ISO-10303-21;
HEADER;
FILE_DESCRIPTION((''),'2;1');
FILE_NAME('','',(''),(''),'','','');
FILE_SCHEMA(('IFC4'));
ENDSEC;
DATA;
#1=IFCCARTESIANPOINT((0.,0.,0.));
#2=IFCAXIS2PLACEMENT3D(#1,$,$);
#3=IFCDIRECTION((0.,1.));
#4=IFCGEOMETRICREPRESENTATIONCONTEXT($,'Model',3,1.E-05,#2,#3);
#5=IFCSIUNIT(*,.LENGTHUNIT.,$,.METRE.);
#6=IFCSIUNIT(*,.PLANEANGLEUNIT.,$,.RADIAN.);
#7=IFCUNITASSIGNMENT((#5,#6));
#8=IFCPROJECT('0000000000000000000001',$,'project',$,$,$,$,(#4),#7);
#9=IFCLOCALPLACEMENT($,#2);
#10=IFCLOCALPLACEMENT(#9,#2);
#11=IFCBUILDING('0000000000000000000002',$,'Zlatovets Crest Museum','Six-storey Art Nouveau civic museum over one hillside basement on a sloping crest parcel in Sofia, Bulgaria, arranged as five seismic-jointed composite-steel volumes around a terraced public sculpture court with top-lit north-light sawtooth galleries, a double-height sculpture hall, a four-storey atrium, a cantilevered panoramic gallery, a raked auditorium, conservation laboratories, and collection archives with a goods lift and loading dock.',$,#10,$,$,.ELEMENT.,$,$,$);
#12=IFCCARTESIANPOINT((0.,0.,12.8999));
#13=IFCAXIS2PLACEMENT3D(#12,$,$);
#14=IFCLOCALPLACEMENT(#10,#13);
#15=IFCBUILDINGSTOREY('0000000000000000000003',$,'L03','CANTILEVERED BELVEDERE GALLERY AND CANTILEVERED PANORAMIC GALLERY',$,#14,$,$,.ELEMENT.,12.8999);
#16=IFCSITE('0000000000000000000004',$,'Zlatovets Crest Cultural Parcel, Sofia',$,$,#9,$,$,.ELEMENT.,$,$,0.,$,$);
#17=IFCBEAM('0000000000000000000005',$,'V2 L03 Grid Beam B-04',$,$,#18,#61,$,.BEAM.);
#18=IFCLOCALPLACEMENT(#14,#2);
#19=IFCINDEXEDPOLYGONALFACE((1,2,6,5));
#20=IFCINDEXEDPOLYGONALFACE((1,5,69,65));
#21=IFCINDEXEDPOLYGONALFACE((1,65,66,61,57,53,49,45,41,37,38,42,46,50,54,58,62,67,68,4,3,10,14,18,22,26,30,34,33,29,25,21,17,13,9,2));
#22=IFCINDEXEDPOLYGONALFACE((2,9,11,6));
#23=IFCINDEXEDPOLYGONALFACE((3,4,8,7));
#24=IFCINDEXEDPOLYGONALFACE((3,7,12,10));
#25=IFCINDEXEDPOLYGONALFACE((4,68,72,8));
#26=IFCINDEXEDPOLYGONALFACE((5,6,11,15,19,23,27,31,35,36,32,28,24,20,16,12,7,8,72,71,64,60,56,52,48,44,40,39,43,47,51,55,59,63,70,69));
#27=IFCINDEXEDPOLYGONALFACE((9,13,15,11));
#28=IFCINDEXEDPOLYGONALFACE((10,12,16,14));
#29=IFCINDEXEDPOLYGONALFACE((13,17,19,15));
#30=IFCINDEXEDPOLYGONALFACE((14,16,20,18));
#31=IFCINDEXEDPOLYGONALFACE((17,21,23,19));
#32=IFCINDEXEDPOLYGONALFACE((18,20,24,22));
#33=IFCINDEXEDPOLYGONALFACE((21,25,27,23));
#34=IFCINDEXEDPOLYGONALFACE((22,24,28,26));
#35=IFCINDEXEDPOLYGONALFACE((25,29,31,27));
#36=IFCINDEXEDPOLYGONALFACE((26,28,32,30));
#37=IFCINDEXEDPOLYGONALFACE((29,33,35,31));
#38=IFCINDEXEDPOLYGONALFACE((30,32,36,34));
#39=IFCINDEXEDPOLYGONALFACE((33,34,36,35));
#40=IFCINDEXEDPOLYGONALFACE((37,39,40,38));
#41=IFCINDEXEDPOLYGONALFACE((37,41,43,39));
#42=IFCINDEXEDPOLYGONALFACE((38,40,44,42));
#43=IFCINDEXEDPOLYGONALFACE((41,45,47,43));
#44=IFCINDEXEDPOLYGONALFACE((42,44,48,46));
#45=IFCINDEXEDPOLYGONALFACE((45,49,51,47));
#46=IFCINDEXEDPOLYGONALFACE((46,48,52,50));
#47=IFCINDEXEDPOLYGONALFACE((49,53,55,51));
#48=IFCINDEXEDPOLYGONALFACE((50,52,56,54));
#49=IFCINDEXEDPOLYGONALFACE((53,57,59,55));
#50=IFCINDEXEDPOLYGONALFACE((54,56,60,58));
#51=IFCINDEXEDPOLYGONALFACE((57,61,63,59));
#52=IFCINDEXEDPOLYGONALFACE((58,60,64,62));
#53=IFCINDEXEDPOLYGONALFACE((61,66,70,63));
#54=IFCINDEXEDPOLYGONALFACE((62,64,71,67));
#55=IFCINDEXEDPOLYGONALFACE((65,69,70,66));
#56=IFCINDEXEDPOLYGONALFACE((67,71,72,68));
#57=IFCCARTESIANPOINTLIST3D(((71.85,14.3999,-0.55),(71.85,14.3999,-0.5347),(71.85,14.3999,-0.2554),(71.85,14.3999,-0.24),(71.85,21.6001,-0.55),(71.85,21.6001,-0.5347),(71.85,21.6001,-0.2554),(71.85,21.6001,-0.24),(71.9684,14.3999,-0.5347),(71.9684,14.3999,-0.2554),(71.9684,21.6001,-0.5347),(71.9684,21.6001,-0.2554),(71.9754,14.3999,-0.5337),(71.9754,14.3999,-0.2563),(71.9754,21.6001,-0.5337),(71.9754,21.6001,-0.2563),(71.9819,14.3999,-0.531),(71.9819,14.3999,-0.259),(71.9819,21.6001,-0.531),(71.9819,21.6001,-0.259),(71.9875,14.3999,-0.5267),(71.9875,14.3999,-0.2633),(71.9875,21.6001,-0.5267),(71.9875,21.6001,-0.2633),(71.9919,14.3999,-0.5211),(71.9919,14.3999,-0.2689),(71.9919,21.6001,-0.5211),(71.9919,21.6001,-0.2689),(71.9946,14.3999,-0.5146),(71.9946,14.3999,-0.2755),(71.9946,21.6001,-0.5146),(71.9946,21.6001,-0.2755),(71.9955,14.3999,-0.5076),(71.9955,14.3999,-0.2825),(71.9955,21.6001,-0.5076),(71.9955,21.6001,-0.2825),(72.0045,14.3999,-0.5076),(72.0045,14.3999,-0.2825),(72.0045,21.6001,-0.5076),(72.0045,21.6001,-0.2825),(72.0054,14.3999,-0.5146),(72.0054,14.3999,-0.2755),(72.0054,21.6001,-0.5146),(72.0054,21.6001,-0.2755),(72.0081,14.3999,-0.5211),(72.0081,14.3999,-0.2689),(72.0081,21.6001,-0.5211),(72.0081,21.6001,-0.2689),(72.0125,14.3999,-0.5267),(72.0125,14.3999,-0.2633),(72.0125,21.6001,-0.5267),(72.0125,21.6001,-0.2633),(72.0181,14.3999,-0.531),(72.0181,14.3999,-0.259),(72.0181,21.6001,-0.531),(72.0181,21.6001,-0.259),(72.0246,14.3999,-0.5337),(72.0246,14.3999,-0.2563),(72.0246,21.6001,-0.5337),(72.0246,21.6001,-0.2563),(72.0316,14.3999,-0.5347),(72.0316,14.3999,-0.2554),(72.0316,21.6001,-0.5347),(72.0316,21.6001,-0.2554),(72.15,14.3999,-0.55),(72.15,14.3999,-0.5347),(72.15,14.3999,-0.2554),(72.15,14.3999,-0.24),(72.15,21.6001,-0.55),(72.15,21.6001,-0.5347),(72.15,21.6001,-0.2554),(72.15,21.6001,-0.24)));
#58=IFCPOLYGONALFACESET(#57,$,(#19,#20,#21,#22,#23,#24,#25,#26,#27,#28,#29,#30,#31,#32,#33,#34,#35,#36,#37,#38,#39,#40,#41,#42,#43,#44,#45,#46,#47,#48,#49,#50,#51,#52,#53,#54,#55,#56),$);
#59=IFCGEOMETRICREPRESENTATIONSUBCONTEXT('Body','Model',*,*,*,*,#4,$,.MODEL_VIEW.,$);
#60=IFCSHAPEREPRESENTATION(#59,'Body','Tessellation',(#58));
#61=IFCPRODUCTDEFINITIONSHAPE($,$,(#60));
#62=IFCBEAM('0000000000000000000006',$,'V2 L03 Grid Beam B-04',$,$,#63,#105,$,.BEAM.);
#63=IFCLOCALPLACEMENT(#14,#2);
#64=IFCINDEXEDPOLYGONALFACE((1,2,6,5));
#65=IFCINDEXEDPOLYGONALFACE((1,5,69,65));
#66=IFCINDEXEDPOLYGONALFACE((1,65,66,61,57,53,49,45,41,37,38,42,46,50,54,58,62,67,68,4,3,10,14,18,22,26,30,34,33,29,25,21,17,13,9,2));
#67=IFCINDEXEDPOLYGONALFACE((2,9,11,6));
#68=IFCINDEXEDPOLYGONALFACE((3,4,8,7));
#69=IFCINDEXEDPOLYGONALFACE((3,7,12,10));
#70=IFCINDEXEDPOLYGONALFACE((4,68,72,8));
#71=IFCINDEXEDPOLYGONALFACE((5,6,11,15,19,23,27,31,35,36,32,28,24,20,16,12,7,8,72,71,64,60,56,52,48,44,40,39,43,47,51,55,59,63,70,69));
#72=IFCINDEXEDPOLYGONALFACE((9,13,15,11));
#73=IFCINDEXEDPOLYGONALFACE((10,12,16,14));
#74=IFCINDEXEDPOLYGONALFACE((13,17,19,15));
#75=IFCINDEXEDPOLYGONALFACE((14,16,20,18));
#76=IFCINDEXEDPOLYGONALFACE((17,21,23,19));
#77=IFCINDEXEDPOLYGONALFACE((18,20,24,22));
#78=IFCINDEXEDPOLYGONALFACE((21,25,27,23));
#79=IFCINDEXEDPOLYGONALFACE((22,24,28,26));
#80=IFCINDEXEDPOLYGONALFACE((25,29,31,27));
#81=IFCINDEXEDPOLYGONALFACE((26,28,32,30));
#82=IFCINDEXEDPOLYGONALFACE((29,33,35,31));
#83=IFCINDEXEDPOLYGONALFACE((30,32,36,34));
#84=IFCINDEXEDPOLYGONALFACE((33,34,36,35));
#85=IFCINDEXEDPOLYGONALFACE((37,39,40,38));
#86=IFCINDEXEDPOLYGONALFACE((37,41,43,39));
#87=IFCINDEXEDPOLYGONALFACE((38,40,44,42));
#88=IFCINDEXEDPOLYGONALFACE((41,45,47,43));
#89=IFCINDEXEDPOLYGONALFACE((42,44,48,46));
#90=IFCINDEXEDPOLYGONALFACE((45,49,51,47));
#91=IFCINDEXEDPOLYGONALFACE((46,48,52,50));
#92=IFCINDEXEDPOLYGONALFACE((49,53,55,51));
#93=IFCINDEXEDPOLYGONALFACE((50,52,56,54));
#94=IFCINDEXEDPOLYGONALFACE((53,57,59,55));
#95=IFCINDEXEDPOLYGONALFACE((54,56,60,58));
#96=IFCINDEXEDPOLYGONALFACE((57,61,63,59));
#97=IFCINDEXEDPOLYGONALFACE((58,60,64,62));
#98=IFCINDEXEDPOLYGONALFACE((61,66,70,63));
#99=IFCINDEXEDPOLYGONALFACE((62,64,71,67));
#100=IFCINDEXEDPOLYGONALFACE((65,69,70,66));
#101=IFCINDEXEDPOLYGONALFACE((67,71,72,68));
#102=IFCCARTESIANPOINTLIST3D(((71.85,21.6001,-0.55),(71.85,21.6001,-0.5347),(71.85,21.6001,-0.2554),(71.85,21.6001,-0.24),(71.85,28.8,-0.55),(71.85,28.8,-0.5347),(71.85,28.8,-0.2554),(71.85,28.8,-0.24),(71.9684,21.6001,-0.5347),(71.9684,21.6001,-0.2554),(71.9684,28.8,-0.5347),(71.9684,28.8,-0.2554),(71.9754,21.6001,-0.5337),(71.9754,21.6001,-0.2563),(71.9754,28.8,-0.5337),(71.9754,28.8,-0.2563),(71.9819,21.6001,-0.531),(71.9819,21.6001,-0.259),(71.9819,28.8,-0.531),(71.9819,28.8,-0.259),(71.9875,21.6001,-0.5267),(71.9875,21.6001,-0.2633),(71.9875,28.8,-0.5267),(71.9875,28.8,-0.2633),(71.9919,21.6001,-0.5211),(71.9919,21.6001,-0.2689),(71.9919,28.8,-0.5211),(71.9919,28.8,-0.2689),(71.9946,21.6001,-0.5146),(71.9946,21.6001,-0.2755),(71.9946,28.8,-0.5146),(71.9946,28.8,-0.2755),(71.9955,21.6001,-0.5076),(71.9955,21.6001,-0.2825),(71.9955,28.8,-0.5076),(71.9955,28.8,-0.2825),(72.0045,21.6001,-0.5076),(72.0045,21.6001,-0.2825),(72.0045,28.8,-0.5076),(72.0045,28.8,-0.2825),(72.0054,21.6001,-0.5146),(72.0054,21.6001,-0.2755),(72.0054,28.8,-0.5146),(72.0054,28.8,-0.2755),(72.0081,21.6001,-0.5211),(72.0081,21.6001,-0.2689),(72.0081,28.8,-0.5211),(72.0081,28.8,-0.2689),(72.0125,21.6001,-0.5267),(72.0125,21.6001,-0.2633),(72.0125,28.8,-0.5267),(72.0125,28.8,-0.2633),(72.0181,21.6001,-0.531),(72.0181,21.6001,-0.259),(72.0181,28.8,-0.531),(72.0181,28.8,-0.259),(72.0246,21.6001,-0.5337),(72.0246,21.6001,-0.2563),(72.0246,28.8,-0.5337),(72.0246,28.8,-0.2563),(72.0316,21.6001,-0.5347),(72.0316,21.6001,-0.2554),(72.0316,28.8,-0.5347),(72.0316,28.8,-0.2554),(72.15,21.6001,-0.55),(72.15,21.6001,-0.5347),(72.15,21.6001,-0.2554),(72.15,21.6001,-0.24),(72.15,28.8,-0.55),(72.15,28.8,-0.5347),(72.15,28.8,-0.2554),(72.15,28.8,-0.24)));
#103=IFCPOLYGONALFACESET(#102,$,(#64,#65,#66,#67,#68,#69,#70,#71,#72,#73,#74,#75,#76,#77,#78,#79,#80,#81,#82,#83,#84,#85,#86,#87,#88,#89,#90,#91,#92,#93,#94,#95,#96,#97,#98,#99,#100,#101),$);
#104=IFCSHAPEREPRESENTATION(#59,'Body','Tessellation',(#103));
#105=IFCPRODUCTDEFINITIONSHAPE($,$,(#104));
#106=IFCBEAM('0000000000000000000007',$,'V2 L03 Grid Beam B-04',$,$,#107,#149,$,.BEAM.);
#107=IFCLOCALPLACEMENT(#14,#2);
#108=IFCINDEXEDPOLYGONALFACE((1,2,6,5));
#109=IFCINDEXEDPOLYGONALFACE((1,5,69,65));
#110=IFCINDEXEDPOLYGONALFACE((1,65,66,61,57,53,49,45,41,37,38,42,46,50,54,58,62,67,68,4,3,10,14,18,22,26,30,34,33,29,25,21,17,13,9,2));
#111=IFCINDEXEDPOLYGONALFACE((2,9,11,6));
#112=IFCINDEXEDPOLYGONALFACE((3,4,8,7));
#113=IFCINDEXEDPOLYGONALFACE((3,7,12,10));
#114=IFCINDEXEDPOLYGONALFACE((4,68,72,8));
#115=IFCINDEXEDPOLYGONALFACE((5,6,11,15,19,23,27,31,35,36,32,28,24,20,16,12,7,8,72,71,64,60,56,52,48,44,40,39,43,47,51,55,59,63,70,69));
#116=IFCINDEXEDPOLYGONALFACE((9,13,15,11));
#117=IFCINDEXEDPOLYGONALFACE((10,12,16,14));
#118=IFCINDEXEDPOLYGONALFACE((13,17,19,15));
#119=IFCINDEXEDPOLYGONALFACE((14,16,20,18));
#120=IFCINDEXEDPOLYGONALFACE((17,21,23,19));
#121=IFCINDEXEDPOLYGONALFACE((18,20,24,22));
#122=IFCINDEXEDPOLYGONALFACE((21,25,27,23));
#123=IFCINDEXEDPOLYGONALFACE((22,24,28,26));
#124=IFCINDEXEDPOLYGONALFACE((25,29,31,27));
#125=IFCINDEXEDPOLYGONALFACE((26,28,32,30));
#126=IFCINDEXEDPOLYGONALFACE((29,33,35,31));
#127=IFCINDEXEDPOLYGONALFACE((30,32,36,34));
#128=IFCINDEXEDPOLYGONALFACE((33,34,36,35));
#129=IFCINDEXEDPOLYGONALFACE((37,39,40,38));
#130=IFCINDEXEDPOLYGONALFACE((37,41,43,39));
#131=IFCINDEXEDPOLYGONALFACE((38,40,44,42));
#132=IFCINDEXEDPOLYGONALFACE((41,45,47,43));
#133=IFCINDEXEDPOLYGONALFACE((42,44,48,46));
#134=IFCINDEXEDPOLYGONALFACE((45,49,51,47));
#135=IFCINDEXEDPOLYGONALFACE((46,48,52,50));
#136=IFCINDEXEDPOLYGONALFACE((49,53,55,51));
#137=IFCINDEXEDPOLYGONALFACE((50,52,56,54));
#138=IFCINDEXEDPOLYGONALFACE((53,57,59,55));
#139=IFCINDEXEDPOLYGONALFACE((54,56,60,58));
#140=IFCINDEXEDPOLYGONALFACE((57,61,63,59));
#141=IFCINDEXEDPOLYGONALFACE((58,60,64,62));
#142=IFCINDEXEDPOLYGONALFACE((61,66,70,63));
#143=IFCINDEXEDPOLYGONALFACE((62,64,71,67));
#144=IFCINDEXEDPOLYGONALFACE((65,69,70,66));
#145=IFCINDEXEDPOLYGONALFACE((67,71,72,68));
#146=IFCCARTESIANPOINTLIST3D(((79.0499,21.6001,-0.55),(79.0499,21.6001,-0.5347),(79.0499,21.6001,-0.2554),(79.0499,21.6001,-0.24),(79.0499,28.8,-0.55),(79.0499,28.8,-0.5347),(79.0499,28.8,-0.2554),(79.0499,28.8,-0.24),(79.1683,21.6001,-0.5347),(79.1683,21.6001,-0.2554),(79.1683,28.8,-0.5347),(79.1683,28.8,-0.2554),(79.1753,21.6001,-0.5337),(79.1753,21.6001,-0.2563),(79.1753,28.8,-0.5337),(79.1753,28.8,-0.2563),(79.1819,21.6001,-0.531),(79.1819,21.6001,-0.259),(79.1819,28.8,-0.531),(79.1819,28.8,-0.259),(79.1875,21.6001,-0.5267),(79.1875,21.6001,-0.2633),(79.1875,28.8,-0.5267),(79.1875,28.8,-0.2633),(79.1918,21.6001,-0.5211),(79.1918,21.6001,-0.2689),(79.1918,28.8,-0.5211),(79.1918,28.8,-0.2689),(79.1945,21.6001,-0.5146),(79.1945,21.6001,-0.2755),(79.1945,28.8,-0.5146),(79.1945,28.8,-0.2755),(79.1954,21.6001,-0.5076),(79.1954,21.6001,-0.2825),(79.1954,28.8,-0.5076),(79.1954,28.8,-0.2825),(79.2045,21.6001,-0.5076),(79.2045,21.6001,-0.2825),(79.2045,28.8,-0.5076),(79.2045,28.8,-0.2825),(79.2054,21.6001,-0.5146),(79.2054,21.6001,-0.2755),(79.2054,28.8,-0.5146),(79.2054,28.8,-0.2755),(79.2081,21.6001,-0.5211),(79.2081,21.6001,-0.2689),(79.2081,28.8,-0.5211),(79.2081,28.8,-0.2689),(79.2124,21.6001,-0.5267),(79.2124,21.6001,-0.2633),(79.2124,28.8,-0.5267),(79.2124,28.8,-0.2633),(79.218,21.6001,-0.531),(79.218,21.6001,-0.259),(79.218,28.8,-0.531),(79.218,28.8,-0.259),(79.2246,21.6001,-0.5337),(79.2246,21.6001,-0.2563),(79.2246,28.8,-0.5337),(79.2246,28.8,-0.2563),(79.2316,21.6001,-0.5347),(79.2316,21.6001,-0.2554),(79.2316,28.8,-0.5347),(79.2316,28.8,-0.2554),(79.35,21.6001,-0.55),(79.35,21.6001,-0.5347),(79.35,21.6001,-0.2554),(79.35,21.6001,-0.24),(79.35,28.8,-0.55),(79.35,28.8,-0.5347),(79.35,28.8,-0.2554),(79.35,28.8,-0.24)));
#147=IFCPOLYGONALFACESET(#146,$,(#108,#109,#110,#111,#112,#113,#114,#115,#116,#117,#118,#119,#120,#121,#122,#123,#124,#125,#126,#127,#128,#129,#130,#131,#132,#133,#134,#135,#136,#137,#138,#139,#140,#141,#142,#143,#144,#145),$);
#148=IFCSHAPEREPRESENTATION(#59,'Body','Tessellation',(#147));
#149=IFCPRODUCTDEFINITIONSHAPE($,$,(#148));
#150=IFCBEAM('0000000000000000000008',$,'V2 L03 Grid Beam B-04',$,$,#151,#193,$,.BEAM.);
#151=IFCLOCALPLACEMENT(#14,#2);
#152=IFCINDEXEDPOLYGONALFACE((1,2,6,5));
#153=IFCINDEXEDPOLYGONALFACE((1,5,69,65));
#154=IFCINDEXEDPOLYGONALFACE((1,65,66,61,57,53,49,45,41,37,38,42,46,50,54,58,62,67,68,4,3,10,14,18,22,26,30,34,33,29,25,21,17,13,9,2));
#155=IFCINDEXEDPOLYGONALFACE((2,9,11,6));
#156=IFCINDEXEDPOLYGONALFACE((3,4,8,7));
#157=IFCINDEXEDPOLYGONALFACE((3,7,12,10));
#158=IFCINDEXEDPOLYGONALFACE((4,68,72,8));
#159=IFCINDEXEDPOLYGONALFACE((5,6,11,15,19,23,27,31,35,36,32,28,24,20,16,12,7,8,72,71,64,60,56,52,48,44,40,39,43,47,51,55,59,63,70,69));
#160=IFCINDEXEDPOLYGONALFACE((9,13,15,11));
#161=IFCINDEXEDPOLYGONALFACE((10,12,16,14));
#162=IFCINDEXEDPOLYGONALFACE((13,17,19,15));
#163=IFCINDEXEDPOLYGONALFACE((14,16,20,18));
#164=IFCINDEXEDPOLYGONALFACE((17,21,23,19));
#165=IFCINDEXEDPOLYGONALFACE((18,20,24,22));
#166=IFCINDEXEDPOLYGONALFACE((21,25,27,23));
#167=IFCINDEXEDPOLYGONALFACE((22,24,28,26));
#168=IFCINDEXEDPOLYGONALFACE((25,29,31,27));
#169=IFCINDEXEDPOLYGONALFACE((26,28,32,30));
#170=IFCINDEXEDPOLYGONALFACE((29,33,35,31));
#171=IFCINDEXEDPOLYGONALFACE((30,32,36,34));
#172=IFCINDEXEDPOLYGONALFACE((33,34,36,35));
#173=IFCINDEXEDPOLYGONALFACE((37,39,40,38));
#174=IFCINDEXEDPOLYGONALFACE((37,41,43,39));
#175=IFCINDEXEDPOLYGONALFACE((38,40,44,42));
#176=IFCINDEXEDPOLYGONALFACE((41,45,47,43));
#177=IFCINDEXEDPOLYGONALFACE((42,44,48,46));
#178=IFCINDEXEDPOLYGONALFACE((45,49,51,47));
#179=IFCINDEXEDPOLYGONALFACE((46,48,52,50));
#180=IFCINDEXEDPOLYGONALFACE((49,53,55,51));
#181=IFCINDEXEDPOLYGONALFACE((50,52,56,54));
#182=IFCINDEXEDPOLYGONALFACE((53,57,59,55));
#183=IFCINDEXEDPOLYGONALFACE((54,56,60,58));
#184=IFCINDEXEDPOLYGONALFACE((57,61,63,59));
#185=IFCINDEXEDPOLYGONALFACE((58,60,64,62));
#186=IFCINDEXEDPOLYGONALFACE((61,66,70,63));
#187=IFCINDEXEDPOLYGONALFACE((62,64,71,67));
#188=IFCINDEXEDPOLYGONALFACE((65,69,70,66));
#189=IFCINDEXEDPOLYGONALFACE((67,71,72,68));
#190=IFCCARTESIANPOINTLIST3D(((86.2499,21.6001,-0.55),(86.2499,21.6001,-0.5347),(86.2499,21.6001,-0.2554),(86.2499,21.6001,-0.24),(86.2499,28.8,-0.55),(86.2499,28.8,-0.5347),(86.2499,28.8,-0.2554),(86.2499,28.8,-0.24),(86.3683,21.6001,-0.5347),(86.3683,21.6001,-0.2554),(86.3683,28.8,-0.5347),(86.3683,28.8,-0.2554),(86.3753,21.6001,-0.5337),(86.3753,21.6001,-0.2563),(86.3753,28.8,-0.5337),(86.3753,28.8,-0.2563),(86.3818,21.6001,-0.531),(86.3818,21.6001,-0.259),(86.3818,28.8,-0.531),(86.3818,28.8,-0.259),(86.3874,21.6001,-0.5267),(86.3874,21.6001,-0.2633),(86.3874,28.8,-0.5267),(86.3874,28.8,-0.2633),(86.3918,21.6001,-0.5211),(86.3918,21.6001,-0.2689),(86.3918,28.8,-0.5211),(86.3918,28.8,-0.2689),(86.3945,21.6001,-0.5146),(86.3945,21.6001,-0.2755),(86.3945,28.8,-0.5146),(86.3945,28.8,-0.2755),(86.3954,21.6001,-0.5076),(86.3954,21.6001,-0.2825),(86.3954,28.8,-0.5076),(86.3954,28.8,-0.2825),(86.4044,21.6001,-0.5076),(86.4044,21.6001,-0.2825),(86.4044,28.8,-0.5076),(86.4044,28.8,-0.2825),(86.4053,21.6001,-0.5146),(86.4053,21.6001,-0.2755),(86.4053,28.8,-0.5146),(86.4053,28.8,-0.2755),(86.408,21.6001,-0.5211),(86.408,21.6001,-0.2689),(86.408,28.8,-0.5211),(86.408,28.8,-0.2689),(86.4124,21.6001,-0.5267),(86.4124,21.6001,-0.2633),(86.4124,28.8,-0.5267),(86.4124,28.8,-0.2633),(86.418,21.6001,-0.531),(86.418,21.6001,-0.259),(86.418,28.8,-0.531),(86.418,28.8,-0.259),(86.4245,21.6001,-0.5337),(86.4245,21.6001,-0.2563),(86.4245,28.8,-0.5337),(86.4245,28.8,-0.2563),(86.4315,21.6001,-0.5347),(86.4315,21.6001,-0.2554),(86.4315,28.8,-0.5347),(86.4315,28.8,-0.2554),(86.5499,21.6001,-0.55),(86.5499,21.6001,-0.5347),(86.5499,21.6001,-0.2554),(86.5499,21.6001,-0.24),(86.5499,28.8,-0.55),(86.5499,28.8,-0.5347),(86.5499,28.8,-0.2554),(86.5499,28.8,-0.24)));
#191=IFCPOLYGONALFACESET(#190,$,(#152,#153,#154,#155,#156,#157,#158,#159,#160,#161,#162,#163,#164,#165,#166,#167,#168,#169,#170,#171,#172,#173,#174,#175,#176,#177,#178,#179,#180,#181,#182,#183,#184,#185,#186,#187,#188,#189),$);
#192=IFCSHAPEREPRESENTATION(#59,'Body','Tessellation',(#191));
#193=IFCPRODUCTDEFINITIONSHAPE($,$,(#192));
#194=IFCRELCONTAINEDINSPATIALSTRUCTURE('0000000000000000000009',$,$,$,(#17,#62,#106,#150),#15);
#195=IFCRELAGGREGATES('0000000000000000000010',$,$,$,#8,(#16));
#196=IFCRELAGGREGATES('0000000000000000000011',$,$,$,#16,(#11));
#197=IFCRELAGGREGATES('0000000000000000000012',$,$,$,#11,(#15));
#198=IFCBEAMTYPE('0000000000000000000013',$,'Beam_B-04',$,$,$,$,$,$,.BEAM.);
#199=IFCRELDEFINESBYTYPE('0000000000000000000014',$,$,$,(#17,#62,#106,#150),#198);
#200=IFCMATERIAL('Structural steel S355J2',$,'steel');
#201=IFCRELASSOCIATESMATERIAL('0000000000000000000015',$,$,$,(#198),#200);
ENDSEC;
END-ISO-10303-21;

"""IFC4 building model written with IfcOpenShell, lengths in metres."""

from ifc_helpers import new_model, si_unit, direction, frame, origin, origin_2d, place, context, subcontext, project, spatial, i_section, extrude, material, material_profile, profile_set, type_object, element, save


model = new_model("IFC4")

# Units and contexts
model_context = context("Model", 3, precision=1e-05, world=origin(), true_north=direction((0.0, 1.0)))
body_context = subcontext(model_context, "Body", "Model", "MODEL_VIEW")
ifc_project = project(units=[si_unit("LENGTHUNIT", "METRE"), si_unit("PLANEANGLEUNIT", "RADIAN")], contexts=[model_context])

# Site, building, storey
site_placement = place(None, origin())
site = spatial("IfcSite", under=ifc_project, at=site_placement, Name="Zlatovets Crest Cultural Parcel, Sofia", CompositionType="ELEMENT", RefElevation=0.0)
building_placement = place(site_placement, origin())
building = spatial("IfcBuilding", under=site, at=building_placement, Name="Zlatovets Crest Museum", Description="Six-storey Art Nouveau civic museum over one hillside basement on a sloping crest parcel in Sofia, Bulgaria, arranged as five seismic-jointed composite-steel volumes around a terraced public sculpture court with top-lit north-light sawtooth galleries, a double-height sculpture hall, a four-storey atrium, a cantilevered panoramic gallery, a raked auditorium, conservation laboratories, and collection archives with a goods lift and loading dock.", CompositionType="ELEMENT")
storey_placement = place(building_placement, frame((0.0, 0.0, 12.8999)))
storey = spatial("IfcBuildingStorey", under=building, at=storey_placement, Name="L03", Description="CANTILEVERED BELVEDERE GALLERY AND CANTILEVERED PANORAMIC GALLERY", CompositionType="ELEMENT", Elevation=12.8999)

# Shared definitions
ifc_material_1 = material(Name="Structural steel S355J2", Category="steel")

# Beams
ifc_material_profile_1 = material_profile(ifc_material_1, i_section(OverallWidth=0.3, OverallDepth=0.3101, WebThickness=0.009, FlangeThickness=0.0154, FilletRadius=0.0271, at=origin_2d()), Name="HEA 320")
ifc_profile_set_1 = profile_set([ifc_material_profile_1], Name="Structural steel S355J2")
beam_type_1 = type_object("IfcBeamType", Name="Beam_B-04", PredefinedType="BEAM", material=ifc_profile_set_1)
beam_1_placement = place(storey_placement, frame((72.0, 14.3999, -0.395), z_axis=(0.0, 1.0, 0.0), x_axis=(-1.0, 0.0, 0.0)))
element("IfcBeam", 1, at=beam_1_placement, inside=storey, type_object=beam_type_1, Name="V2 L03 Grid Beam B-04", PredefinedType="BEAM", context=body_context, shape_type="SweptSolid", body=[
    extrude(i_section(OverallWidth=0.3, OverallDepth=0.3101, WebThickness=0.009, FlangeThickness=0.0154, FilletRadius=0.0271, at=origin_2d()), origin(), (0.0, 0.0, 1.0), 7.2002),
])
for number, where, z_axis, x_axis, name in (
    (2, (72.0, 21.6001, -0.395), (0.0, 1.0, 0.0), (-1.0, 0.0, 0.0), "V2 L03 Grid Beam B-04"),
    (3, (79.2, 21.6001, -0.395), (0.0, 1.0, 0.0), (-1.0, 0.0, 0.0), "V2 L03 Grid Beam B-04"),
    (4, (86.3999, 21.6001, -0.395), (0.0, 1.0, 0.0), (-1.0, 0.0, 0.0), "V2 L03 Grid Beam B-04"),
):
    element("IfcBeam", number, at=place(storey_placement, frame(where, z_axis=z_axis, x_axis=x_axis)), inside=storey, type_object=beam_type_1, Name=name, PredefinedType="BEAM", context=body_context, shape_type="SweptSolid", body=[
        extrude(i_section(OverallWidth=0.3, OverallDepth=0.3101, WebThickness=0.009, FlangeThickness=0.0154, FilletRadius=0.0271, at=origin_2d()), origin(), (0.0, 0.0, 1.0), 7.2),
    ])

save(model, "model.ifc")
